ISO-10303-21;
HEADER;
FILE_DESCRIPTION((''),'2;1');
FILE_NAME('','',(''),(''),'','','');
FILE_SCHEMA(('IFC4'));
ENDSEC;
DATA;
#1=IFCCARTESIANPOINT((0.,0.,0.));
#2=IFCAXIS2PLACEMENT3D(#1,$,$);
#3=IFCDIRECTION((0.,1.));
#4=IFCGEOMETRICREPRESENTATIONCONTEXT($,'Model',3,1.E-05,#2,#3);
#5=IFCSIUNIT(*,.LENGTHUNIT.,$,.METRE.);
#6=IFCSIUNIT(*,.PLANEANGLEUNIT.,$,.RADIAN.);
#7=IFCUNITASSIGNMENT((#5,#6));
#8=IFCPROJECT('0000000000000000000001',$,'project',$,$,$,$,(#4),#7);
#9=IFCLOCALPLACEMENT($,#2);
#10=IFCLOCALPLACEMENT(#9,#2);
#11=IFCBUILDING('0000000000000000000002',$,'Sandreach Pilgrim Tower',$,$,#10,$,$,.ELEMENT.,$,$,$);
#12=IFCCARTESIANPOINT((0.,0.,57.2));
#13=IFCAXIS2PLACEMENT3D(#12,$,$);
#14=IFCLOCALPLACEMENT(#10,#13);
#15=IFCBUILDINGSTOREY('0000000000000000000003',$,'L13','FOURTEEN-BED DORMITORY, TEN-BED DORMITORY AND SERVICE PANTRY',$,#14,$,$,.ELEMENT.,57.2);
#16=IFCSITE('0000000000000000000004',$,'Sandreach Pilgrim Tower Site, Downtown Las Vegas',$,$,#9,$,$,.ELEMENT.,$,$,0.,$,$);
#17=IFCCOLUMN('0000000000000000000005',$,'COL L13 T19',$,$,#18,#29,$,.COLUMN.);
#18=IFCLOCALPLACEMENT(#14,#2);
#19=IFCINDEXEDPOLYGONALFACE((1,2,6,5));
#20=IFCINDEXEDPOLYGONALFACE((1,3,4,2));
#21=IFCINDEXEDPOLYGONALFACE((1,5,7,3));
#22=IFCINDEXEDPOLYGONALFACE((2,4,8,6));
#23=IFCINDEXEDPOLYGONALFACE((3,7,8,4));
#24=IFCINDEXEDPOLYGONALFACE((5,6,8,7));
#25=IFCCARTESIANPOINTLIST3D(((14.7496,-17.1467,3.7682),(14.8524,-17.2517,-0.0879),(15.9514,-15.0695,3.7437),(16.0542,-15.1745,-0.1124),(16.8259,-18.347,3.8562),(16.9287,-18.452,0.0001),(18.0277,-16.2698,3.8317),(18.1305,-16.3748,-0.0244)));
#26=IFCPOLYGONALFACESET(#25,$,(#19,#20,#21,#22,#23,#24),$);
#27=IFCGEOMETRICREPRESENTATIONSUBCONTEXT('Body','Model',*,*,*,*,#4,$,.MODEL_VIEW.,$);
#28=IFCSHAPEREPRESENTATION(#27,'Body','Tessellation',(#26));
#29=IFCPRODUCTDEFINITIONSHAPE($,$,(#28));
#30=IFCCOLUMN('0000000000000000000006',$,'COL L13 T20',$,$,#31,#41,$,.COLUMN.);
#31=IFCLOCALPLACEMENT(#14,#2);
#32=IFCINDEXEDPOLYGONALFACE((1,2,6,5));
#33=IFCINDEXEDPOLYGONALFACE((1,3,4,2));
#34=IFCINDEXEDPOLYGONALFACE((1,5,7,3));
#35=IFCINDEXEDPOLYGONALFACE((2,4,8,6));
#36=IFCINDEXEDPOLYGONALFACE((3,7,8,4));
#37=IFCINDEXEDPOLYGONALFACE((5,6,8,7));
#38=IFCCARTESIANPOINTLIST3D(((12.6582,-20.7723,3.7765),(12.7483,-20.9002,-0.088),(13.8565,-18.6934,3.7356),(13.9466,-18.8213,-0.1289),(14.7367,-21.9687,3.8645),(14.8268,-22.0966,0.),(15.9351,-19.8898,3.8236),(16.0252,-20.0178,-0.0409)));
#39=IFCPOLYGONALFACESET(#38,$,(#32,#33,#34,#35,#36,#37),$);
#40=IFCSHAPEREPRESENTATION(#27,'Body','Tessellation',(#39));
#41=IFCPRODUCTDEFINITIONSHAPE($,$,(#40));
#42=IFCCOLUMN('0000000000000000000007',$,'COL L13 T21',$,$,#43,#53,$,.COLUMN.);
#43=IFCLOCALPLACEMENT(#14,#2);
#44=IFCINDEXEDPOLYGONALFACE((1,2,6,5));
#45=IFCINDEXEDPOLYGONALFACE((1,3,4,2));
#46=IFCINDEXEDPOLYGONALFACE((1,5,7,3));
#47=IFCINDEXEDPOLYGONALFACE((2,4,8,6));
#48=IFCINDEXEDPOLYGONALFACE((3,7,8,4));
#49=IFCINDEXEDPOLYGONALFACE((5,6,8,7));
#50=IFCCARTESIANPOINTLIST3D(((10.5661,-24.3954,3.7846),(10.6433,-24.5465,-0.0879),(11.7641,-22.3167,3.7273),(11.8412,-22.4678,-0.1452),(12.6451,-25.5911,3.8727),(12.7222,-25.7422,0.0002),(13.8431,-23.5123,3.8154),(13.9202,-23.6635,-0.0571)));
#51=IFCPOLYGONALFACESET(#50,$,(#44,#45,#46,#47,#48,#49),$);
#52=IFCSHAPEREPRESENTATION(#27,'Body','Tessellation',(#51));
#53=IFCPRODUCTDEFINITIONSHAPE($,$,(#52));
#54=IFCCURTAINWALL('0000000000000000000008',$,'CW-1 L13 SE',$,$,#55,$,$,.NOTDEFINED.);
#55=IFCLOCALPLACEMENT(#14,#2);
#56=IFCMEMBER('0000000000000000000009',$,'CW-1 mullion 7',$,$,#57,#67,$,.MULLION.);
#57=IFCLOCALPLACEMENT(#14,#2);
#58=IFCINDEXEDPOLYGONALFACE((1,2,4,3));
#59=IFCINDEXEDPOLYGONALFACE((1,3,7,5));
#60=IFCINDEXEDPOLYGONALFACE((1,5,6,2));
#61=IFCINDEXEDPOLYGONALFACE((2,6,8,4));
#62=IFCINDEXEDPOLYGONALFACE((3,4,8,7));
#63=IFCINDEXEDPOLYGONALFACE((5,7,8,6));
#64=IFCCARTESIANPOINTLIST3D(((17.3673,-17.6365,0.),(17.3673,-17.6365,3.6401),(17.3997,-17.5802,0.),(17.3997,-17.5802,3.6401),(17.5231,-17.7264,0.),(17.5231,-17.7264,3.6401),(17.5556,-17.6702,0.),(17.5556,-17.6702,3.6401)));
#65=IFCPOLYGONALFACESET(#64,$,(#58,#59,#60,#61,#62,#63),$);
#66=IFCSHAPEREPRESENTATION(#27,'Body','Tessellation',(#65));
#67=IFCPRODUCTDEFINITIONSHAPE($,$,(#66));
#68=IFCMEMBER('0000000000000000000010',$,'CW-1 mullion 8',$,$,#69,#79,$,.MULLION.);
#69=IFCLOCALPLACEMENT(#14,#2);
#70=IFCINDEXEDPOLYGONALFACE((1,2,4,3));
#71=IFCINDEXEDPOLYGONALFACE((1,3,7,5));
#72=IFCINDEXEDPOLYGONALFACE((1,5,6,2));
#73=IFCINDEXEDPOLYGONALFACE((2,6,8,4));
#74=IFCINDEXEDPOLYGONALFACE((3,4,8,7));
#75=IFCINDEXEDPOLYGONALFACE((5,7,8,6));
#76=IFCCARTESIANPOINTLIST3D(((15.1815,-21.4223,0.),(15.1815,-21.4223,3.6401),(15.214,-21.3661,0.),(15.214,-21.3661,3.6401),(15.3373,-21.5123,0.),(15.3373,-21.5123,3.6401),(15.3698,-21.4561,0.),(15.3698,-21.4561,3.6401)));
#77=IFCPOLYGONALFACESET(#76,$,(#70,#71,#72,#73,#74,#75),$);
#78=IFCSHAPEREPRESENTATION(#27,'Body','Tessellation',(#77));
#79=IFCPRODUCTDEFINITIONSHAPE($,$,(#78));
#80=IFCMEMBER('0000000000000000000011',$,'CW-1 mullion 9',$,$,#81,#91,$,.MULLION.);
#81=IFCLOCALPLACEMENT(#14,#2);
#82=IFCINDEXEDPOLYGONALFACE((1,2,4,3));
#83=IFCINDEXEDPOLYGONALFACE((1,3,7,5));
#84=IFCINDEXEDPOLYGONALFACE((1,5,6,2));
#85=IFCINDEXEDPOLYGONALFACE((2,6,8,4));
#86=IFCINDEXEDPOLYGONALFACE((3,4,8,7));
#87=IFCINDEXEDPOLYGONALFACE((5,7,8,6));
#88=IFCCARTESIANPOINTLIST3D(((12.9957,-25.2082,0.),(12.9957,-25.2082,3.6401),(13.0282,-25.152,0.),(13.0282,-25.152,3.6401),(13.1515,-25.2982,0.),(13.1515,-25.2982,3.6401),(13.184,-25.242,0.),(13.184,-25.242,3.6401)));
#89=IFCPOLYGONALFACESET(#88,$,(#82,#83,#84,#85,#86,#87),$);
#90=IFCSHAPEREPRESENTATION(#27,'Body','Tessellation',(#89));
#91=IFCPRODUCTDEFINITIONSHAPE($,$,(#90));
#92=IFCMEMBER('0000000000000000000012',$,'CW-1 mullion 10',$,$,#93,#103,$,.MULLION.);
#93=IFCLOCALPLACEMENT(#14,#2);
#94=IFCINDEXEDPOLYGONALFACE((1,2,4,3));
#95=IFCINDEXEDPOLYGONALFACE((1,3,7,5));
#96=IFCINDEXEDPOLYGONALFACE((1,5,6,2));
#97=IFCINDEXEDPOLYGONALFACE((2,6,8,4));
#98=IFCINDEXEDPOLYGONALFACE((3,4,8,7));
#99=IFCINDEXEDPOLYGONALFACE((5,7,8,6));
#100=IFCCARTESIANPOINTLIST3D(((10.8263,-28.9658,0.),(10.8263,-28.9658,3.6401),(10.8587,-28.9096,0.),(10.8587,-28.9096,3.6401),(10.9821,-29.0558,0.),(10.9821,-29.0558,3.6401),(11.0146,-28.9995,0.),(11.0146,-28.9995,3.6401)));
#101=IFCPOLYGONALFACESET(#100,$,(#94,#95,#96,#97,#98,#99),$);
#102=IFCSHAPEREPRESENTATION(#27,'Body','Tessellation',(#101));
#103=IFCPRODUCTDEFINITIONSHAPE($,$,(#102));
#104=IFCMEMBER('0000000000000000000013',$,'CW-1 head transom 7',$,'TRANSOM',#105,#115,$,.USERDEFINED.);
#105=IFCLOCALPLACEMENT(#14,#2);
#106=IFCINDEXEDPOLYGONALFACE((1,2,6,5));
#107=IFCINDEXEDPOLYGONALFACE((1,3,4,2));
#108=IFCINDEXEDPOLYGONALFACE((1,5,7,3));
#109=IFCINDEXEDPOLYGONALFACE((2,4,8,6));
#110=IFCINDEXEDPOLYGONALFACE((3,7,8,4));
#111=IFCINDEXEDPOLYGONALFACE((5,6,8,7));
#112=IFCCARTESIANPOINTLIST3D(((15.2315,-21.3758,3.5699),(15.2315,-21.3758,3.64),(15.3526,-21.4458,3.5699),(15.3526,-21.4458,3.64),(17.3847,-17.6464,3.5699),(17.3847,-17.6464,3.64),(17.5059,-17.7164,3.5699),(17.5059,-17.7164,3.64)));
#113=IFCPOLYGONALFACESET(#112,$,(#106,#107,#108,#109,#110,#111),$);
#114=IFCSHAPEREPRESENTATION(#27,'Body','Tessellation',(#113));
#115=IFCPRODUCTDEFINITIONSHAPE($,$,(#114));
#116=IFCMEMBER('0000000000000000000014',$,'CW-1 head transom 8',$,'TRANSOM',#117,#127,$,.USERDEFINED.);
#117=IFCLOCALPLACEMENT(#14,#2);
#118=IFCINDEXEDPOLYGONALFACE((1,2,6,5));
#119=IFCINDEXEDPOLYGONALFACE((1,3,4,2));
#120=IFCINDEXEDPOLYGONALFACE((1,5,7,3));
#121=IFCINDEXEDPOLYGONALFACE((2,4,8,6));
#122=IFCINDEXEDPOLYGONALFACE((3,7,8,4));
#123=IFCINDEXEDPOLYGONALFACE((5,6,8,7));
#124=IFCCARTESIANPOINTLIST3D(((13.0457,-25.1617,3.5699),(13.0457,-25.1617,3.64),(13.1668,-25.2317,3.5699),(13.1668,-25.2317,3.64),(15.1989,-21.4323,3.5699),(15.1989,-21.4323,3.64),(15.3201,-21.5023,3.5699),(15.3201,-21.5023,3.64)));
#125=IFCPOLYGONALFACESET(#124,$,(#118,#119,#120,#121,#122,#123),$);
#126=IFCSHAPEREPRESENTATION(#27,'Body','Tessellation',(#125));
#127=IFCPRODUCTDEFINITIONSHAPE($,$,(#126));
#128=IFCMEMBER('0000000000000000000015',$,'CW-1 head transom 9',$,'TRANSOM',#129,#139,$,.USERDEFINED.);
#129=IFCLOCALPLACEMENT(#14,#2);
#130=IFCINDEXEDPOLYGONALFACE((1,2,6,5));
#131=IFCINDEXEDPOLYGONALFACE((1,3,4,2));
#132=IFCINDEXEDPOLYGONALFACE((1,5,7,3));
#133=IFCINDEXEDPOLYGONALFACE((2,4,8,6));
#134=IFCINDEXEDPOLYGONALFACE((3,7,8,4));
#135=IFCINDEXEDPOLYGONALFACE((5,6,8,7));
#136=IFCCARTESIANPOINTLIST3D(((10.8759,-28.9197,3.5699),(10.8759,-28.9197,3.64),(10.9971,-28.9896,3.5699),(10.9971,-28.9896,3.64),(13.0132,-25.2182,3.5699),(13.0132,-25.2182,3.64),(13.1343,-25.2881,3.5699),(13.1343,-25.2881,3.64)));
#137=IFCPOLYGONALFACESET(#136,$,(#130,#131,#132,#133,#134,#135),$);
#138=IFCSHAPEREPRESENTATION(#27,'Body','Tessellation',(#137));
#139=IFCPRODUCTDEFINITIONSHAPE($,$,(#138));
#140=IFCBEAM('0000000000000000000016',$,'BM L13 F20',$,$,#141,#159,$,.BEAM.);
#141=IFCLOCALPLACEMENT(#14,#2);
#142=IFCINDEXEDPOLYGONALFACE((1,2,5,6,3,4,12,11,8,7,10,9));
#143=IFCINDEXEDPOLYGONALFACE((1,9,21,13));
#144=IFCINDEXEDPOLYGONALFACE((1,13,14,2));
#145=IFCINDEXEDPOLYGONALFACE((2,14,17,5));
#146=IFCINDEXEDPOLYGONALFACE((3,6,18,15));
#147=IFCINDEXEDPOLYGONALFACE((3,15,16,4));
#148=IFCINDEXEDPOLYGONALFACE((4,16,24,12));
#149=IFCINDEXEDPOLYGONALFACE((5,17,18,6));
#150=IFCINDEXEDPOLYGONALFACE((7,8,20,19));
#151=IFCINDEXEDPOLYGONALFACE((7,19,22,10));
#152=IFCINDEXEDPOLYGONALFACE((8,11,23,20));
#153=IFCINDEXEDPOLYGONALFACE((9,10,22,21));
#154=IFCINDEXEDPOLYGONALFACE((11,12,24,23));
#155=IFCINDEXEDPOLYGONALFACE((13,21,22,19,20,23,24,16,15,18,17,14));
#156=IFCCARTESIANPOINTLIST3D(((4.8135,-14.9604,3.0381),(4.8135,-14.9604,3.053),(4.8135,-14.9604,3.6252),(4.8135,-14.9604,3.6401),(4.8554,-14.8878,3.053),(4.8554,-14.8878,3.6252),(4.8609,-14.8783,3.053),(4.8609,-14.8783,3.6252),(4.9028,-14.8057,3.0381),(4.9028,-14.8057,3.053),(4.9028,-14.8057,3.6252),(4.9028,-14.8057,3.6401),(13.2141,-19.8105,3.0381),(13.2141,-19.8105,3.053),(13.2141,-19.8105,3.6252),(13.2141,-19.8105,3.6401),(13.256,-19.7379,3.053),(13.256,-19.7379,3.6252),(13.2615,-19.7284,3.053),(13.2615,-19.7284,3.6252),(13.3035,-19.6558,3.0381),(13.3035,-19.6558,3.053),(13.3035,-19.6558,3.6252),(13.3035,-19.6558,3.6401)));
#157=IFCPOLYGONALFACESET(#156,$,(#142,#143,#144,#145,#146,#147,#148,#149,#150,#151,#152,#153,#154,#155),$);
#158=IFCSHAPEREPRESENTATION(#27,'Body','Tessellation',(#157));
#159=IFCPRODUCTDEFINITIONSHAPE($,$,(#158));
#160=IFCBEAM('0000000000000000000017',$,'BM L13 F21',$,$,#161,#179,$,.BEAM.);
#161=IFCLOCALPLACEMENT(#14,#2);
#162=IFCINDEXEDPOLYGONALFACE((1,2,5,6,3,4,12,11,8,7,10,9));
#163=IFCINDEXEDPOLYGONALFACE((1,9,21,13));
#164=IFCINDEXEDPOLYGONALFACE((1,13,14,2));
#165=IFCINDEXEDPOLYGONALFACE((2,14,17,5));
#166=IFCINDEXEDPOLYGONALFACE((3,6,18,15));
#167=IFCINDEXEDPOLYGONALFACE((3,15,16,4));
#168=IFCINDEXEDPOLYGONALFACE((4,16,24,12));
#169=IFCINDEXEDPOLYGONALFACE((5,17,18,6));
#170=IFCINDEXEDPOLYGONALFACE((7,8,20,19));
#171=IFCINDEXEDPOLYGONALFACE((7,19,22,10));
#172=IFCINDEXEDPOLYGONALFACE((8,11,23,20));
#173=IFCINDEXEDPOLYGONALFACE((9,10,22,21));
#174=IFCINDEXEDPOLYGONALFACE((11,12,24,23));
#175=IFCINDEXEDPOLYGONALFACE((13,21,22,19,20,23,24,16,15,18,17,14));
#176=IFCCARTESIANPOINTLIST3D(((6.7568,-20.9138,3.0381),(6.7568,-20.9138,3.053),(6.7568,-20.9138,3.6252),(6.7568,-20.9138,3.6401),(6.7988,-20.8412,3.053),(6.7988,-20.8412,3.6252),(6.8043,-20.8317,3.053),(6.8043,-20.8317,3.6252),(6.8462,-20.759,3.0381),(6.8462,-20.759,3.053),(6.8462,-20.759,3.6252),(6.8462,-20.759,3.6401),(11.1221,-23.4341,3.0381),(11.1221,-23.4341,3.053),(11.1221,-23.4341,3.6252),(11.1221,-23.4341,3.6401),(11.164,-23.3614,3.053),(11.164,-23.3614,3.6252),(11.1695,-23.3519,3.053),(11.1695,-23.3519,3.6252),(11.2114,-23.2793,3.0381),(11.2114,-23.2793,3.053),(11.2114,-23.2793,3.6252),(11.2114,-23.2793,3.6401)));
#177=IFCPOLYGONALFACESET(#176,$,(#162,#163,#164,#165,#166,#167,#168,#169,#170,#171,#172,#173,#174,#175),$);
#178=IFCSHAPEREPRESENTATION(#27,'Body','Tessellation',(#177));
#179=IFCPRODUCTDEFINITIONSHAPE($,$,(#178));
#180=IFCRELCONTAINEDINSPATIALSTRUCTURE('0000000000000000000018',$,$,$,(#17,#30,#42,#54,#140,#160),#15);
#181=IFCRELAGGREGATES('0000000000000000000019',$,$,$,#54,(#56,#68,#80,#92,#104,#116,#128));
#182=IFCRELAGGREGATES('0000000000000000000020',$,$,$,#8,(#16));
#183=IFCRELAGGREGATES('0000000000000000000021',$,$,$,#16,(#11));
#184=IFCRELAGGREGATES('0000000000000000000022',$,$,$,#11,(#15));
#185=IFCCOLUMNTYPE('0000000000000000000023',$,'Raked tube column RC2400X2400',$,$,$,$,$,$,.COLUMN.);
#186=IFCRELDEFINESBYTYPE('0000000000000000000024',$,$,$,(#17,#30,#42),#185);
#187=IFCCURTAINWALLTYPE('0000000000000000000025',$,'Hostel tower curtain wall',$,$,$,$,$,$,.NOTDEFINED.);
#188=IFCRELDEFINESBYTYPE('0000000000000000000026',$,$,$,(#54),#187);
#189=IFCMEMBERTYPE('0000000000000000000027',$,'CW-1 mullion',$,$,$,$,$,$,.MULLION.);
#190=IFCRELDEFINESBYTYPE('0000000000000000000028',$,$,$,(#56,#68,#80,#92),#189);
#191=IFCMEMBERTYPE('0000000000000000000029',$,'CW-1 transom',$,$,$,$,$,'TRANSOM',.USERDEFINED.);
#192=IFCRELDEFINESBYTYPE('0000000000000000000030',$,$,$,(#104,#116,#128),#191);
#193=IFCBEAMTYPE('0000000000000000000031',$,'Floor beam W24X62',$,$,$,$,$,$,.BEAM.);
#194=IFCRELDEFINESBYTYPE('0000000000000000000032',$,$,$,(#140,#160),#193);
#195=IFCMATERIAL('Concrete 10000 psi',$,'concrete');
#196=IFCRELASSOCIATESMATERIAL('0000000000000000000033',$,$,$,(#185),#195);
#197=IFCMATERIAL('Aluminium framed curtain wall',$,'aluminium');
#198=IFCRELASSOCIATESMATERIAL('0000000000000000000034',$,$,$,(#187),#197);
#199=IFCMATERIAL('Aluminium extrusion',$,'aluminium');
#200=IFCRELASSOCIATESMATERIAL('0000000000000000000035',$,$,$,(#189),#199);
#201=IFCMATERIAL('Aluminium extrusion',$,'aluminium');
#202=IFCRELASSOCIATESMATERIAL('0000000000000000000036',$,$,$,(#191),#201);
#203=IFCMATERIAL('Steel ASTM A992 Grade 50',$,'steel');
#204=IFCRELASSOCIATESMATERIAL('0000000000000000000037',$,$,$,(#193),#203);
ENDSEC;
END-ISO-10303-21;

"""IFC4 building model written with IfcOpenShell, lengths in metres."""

from ifc_helpers import new_model, si_unit, direction, frame, origin, origin_2d, place, context, subcontext, project, spatial, rectangle, i_section, extrude, material, material_profile, profile_set, type_object, element, aggregate, save


model = new_model("IFC4")

# Units and contexts
model_context = context("Model", 3, precision=1e-05, world=origin(), true_north=direction((0.0, 1.0)))
body_context = subcontext(model_context, "Body", "Model", "MODEL_VIEW")
ifc_project = project(units=[si_unit("LENGTHUNIT", "METRE"), si_unit("PLANEANGLEUNIT", "RADIAN")], contexts=[model_context])

# Site, building, storey
site_placement = place(None, origin())
site = spatial("IfcSite", under=ifc_project, at=site_placement, Name="Sandreach Pilgrim Tower Site, Downtown Las Vegas", CompositionType="ELEMENT", RefElevation=0.0)
building_placement = place(site_placement, origin())
building = spatial("IfcBuilding", under=site, at=building_placement, Name="Sandreach Pilgrim Tower", CompositionType="ELEMENT")
storey_placement = place(building_placement, frame((0.0, 0.0, 57.2)))
storey = spatial("IfcBuildingStorey", under=building, at=storey_placement, Name="L13", Description="FOURTEEN-BED DORMITORY, TEN-BED DORMITORY AND SERVICE PANTRY", CompositionType="ELEMENT", Elevation=57.2)

# Columns
ifc_material_1 = material(Name="Concrete 10000 psi", Category="concrete")
ifc_material_profile_1 = material_profile(ifc_material_1, rectangle(XDim=2.3999, YDim=2.3999, at=origin_2d()), Name="RC2400X2400")
ifc_profile_set_1 = profile_set([ifc_material_profile_1], Name="Concrete 10000 psi")
column_type = type_object("IfcColumnType", Name="Raked tube column RC2400X2400", PredefinedType="COLUMN", material=ifc_profile_set_1)
column_1_placement = place(storey_placement, frame((16.4915, -16.8132, -0.0562), z_axis=(-0.026635, 0.027204, 0.999275), x_axis=(0.865171, -0.500133, 0.036676)))
element("IfcColumn", 1, at=column_1_placement, inside=storey, type_object=column_type, Name="COL L13 T19", PredefinedType="COLUMN", context=body_context, shape_type="SweptSolid", body=[
    extrude(rectangle(XDim=2.3999, YDim=2.3999, at=origin_2d()), origin(), (0.0, 0.0, 1.0), 3.8589),
])
column_2_placement = place(storey_placement, frame((14.3867, -20.459, -0.0645), z_axis=(-0.023293, 0.033077, 0.999181), x_axis=(0.866092, -0.498537, 0.036693)))
element("IfcColumn", 2, at=column_2_placement, inside=storey, type_object=column_type, Name="COL L13 T20", PredefinedType="COLUMN", context=body_context, shape_type="SweptSolid", body=[
    extrude(rectangle(XDim=2.3999, YDim=2.3999, at=origin_2d()), origin(), (0.0, 0.0, 1.0), 3.8677),
])
column_3_placement = place(storey_placement, frame((12.2817, -24.105, -0.0725), z_axis=(-0.019903, 0.038987, 0.999042), x_axis=(0.866273, -0.498221, 0.0367)))
element("IfcColumn", 3, at=column_3_placement, inside=storey, type_object=column_type, Name="COL L13 T21", PredefinedType="COLUMN", context=body_context, shape_type="SweptSolid", body=[
    extrude(rectangle(XDim=2.3999, YDim=2.3999, at=origin_2d()), origin(), (0.0, 0.0, 1.0), 3.8762),
])

# Curtain wall, members
ifc_material_2 = material(Name="Aluminium framed curtain wall", Category="aluminium")
curtain_wall_type = type_object("IfcCurtainWallType", Name="Hostel tower curtain wall", PredefinedType="NOTDEFINED", material=ifc_material_2)
curtain_wall_placement = place(storey_placement, origin())
curtain_wall = element("IfcCurtainWall", 4, at=curtain_wall_placement, inside=storey, type_object=curtain_wall_type, Name="CW-1 L13 SE", PredefinedType="NOTDEFINED")
ifc_material_3 = material(Name="Aluminium extrusion", Category="aluminium")
ifc_material_profile_2 = material_profile(ifc_material_3, rectangle(XDim=0.0649, YDim=0.1799, at=origin_2d()), Name="CW-1M 65X180")
ifc_profile_set_2 = profile_set([ifc_material_profile_2], Name="Aluminium extrusion")
member_type_1 = type_object("IfcMemberType", Name="CW-1 mullion", PredefinedType="MULLION", material=ifc_profile_set_2)
member_1_placement = place(storey_placement, frame((17.4614, -17.6533, 0.0), z_axis=(0.0, 0.0, 1.0), x_axis=(-0.5, -0.866025, 0.0)))
member_1 = element("IfcMember", 5, at=member_1_placement, type_object=member_type_1, Name="CW-1 mullion 7", PredefinedType="MULLION", context=body_context, shape_type="SweptSolid", body=[
    extrude(rectangle(XDim=0.0649, YDim=0.1799, at=origin_2d()), origin(), (0.0, 0.0, 1.0), 3.6401),
])
member_2_placement = place(storey_placement, frame((15.2756, -21.4392, 0.0), z_axis=(0.0, 0.0, 1.0), x_axis=(-0.5, -0.866025, 0.0)))
member_2 = element("IfcMember", 6, at=member_2_placement, type_object=member_type_1, Name="CW-1 mullion 8", PredefinedType="MULLION", context=body_context, shape_type="SweptSolid", body=[
    extrude(rectangle(XDim=0.0649, YDim=0.1799, at=origin_2d()), origin(), (0.0, 0.0, 1.0), 3.6401),
])
member_3_placement = place(storey_placement, frame((13.0898, -25.2251, 0.0), z_axis=(0.0, 0.0, 1.0), x_axis=(-0.5, -0.866025, 0.0)))
member_3 = element("IfcMember", 7, at=member_3_placement, type_object=member_type_1, Name="CW-1 mullion 9", PredefinedType="MULLION", context=body_context, shape_type="SweptSolid", body=[
    extrude(rectangle(XDim=0.0649, YDim=0.1799, at=origin_2d()), origin(), (0.0, 0.0, 1.0), 3.6401),
])
member_4_placement = place(storey_placement, frame((10.9204, -28.9827, 0.0), z_axis=(0.0, 0.0, 1.0), x_axis=(-0.5, -0.866025, 0.0)))
member_4 = element("IfcMember", 8, at=member_4_placement, type_object=member_type_1, Name="CW-1 mullion 10", PredefinedType="MULLION", context=body_context, shape_type="SweptSolid", body=[
    extrude(rectangle(XDim=0.0649, YDim=0.1799, at=origin_2d()), origin(), (0.0, 0.0, 1.0), 3.6401),
])
ifc_material_4 = material(Name="Aluminium extrusion", Category="aluminium")
ifc_material_profile_3 = material_profile(ifc_material_4, rectangle(XDim=0.1399, YDim=0.0701, at=origin_2d()), Name="CW-1T 140X70")
ifc_profile_set_3 = profile_set([ifc_material_profile_3], Name="Aluminium extrusion")
member_type_2 = type_object("IfcMemberType", Name="CW-1 transom", ElementType="TRANSOM", PredefinedType="USERDEFINED", material=ifc_profile_set_3)
member_5_placement = place(storey_placement, frame((17.4453, -17.6814, 3.605), z_axis=(-0.500017, -0.866016, 0.0), x_axis=(0.866016, -0.500017, 0.0)))
member_5 = element("IfcMember", 9, at=member_5_placement, type_object=member_type_2, Name="CW-1 head transom 7", ObjectType="TRANSOM", PredefinedType="USERDEFINED", context=body_context, shape_type="SweptSolid", body=[
    extrude(rectangle(XDim=0.1399, YDim=0.0701, at=origin_2d()), origin(), (0.0, 0.0, 1.0), 4.3064),
])
member_6_placement = place(storey_placement, frame((15.2595, -21.4673, 3.605), z_axis=(-0.500017, -0.866016, 0.0), x_axis=(0.866016, -0.500017, 0.0)))
member_6 = element("IfcMember", 10, at=member_6_placement, type_object=member_type_2, Name="CW-1 head transom 8", ObjectType="TRANSOM", PredefinedType="USERDEFINED", context=body_context, shape_type="SweptSolid", body=[
    extrude(rectangle(XDim=0.1399, YDim=0.0701, at=origin_2d()), origin(), (0.0, 0.0, 1.0), 4.3064),
])
member_7_placement = place(storey_placement, frame((13.0737, -25.2532, 3.605), z_axis=(-0.500034, -0.866006, 0.0), x_axis=(0.866006, -0.500034, 0.0)))
member_7 = element("IfcMember", 11, at=member_7_placement, type_object=member_type_2, Name="CW-1 head transom 9", ObjectType="TRANSOM", PredefinedType="USERDEFINED", context=body_context, shape_type="SweptSolid", body=[
    extrude(rectangle(XDim=0.1399, YDim=0.0701, at=origin_2d()), origin(), (0.0, 0.0, 1.0), 4.2742),
])

# Beams
ifc_material_5 = material(Name="Steel ASTM A992 Grade 50", Category="steel")
ifc_material_profile_4 = material_profile(ifc_material_5, i_section(OverallWidth=0.1787, OverallDepth=0.6021, WebThickness=0.011, FlangeThickness=0.0149, at=origin_2d()), Name="W24X62")
ifc_profile_set_4 = profile_set([ifc_material_profile_4], Name="Steel ASTM A992 Grade 50")
beam_type_1 = type_object("IfcBeamType", Name="Floor beam W24X62", PredefinedType="BEAM", material=ifc_profile_set_4)
beam_1_placement = place(storey_placement, frame((13.2588, -19.7332, 3.3391), z_axis=(-0.866026, 0.499999, 0.0), x_axis=(-0.499999, -0.866026, 0.0)))
element("IfcBeam", 12, at=beam_1_placement, inside=storey, type_object=beam_type_1, Name="BM L13 F20", PredefinedType="BEAM", context=body_context, shape_type="SweptSolid", body=[
    extrude(i_section(OverallWidth=0.1787, OverallDepth=0.6021, WebThickness=0.011, FlangeThickness=0.0149, at=origin_2d()), origin(), (0.0, 0.0, 1.0), 9.7002),
])
beam_2_placement = place(storey_placement, frame((11.1667, -23.3567, 3.3391), z_axis=(-0.866026, 0.499999, 0.0), x_axis=(-0.499999, -0.866026, 0.0)))
element("IfcBeam", 13, at=beam_2_placement, inside=storey, type_object=beam_type_1, Name="BM L13 F21", PredefinedType="BEAM", context=body_context, shape_type="SweptSolid", body=[
    extrude(i_section(OverallWidth=0.1787, OverallDepth=0.6021, WebThickness=0.011, FlangeThickness=0.0149, at=origin_2d()), origin(), (0.0, 0.0, 1.0), 5.0405),
])

aggregate(curtain_wall, [member_1, member_2, member_3, member_4, member_5, member_6, member_7])

save(model, "model.ifc")
